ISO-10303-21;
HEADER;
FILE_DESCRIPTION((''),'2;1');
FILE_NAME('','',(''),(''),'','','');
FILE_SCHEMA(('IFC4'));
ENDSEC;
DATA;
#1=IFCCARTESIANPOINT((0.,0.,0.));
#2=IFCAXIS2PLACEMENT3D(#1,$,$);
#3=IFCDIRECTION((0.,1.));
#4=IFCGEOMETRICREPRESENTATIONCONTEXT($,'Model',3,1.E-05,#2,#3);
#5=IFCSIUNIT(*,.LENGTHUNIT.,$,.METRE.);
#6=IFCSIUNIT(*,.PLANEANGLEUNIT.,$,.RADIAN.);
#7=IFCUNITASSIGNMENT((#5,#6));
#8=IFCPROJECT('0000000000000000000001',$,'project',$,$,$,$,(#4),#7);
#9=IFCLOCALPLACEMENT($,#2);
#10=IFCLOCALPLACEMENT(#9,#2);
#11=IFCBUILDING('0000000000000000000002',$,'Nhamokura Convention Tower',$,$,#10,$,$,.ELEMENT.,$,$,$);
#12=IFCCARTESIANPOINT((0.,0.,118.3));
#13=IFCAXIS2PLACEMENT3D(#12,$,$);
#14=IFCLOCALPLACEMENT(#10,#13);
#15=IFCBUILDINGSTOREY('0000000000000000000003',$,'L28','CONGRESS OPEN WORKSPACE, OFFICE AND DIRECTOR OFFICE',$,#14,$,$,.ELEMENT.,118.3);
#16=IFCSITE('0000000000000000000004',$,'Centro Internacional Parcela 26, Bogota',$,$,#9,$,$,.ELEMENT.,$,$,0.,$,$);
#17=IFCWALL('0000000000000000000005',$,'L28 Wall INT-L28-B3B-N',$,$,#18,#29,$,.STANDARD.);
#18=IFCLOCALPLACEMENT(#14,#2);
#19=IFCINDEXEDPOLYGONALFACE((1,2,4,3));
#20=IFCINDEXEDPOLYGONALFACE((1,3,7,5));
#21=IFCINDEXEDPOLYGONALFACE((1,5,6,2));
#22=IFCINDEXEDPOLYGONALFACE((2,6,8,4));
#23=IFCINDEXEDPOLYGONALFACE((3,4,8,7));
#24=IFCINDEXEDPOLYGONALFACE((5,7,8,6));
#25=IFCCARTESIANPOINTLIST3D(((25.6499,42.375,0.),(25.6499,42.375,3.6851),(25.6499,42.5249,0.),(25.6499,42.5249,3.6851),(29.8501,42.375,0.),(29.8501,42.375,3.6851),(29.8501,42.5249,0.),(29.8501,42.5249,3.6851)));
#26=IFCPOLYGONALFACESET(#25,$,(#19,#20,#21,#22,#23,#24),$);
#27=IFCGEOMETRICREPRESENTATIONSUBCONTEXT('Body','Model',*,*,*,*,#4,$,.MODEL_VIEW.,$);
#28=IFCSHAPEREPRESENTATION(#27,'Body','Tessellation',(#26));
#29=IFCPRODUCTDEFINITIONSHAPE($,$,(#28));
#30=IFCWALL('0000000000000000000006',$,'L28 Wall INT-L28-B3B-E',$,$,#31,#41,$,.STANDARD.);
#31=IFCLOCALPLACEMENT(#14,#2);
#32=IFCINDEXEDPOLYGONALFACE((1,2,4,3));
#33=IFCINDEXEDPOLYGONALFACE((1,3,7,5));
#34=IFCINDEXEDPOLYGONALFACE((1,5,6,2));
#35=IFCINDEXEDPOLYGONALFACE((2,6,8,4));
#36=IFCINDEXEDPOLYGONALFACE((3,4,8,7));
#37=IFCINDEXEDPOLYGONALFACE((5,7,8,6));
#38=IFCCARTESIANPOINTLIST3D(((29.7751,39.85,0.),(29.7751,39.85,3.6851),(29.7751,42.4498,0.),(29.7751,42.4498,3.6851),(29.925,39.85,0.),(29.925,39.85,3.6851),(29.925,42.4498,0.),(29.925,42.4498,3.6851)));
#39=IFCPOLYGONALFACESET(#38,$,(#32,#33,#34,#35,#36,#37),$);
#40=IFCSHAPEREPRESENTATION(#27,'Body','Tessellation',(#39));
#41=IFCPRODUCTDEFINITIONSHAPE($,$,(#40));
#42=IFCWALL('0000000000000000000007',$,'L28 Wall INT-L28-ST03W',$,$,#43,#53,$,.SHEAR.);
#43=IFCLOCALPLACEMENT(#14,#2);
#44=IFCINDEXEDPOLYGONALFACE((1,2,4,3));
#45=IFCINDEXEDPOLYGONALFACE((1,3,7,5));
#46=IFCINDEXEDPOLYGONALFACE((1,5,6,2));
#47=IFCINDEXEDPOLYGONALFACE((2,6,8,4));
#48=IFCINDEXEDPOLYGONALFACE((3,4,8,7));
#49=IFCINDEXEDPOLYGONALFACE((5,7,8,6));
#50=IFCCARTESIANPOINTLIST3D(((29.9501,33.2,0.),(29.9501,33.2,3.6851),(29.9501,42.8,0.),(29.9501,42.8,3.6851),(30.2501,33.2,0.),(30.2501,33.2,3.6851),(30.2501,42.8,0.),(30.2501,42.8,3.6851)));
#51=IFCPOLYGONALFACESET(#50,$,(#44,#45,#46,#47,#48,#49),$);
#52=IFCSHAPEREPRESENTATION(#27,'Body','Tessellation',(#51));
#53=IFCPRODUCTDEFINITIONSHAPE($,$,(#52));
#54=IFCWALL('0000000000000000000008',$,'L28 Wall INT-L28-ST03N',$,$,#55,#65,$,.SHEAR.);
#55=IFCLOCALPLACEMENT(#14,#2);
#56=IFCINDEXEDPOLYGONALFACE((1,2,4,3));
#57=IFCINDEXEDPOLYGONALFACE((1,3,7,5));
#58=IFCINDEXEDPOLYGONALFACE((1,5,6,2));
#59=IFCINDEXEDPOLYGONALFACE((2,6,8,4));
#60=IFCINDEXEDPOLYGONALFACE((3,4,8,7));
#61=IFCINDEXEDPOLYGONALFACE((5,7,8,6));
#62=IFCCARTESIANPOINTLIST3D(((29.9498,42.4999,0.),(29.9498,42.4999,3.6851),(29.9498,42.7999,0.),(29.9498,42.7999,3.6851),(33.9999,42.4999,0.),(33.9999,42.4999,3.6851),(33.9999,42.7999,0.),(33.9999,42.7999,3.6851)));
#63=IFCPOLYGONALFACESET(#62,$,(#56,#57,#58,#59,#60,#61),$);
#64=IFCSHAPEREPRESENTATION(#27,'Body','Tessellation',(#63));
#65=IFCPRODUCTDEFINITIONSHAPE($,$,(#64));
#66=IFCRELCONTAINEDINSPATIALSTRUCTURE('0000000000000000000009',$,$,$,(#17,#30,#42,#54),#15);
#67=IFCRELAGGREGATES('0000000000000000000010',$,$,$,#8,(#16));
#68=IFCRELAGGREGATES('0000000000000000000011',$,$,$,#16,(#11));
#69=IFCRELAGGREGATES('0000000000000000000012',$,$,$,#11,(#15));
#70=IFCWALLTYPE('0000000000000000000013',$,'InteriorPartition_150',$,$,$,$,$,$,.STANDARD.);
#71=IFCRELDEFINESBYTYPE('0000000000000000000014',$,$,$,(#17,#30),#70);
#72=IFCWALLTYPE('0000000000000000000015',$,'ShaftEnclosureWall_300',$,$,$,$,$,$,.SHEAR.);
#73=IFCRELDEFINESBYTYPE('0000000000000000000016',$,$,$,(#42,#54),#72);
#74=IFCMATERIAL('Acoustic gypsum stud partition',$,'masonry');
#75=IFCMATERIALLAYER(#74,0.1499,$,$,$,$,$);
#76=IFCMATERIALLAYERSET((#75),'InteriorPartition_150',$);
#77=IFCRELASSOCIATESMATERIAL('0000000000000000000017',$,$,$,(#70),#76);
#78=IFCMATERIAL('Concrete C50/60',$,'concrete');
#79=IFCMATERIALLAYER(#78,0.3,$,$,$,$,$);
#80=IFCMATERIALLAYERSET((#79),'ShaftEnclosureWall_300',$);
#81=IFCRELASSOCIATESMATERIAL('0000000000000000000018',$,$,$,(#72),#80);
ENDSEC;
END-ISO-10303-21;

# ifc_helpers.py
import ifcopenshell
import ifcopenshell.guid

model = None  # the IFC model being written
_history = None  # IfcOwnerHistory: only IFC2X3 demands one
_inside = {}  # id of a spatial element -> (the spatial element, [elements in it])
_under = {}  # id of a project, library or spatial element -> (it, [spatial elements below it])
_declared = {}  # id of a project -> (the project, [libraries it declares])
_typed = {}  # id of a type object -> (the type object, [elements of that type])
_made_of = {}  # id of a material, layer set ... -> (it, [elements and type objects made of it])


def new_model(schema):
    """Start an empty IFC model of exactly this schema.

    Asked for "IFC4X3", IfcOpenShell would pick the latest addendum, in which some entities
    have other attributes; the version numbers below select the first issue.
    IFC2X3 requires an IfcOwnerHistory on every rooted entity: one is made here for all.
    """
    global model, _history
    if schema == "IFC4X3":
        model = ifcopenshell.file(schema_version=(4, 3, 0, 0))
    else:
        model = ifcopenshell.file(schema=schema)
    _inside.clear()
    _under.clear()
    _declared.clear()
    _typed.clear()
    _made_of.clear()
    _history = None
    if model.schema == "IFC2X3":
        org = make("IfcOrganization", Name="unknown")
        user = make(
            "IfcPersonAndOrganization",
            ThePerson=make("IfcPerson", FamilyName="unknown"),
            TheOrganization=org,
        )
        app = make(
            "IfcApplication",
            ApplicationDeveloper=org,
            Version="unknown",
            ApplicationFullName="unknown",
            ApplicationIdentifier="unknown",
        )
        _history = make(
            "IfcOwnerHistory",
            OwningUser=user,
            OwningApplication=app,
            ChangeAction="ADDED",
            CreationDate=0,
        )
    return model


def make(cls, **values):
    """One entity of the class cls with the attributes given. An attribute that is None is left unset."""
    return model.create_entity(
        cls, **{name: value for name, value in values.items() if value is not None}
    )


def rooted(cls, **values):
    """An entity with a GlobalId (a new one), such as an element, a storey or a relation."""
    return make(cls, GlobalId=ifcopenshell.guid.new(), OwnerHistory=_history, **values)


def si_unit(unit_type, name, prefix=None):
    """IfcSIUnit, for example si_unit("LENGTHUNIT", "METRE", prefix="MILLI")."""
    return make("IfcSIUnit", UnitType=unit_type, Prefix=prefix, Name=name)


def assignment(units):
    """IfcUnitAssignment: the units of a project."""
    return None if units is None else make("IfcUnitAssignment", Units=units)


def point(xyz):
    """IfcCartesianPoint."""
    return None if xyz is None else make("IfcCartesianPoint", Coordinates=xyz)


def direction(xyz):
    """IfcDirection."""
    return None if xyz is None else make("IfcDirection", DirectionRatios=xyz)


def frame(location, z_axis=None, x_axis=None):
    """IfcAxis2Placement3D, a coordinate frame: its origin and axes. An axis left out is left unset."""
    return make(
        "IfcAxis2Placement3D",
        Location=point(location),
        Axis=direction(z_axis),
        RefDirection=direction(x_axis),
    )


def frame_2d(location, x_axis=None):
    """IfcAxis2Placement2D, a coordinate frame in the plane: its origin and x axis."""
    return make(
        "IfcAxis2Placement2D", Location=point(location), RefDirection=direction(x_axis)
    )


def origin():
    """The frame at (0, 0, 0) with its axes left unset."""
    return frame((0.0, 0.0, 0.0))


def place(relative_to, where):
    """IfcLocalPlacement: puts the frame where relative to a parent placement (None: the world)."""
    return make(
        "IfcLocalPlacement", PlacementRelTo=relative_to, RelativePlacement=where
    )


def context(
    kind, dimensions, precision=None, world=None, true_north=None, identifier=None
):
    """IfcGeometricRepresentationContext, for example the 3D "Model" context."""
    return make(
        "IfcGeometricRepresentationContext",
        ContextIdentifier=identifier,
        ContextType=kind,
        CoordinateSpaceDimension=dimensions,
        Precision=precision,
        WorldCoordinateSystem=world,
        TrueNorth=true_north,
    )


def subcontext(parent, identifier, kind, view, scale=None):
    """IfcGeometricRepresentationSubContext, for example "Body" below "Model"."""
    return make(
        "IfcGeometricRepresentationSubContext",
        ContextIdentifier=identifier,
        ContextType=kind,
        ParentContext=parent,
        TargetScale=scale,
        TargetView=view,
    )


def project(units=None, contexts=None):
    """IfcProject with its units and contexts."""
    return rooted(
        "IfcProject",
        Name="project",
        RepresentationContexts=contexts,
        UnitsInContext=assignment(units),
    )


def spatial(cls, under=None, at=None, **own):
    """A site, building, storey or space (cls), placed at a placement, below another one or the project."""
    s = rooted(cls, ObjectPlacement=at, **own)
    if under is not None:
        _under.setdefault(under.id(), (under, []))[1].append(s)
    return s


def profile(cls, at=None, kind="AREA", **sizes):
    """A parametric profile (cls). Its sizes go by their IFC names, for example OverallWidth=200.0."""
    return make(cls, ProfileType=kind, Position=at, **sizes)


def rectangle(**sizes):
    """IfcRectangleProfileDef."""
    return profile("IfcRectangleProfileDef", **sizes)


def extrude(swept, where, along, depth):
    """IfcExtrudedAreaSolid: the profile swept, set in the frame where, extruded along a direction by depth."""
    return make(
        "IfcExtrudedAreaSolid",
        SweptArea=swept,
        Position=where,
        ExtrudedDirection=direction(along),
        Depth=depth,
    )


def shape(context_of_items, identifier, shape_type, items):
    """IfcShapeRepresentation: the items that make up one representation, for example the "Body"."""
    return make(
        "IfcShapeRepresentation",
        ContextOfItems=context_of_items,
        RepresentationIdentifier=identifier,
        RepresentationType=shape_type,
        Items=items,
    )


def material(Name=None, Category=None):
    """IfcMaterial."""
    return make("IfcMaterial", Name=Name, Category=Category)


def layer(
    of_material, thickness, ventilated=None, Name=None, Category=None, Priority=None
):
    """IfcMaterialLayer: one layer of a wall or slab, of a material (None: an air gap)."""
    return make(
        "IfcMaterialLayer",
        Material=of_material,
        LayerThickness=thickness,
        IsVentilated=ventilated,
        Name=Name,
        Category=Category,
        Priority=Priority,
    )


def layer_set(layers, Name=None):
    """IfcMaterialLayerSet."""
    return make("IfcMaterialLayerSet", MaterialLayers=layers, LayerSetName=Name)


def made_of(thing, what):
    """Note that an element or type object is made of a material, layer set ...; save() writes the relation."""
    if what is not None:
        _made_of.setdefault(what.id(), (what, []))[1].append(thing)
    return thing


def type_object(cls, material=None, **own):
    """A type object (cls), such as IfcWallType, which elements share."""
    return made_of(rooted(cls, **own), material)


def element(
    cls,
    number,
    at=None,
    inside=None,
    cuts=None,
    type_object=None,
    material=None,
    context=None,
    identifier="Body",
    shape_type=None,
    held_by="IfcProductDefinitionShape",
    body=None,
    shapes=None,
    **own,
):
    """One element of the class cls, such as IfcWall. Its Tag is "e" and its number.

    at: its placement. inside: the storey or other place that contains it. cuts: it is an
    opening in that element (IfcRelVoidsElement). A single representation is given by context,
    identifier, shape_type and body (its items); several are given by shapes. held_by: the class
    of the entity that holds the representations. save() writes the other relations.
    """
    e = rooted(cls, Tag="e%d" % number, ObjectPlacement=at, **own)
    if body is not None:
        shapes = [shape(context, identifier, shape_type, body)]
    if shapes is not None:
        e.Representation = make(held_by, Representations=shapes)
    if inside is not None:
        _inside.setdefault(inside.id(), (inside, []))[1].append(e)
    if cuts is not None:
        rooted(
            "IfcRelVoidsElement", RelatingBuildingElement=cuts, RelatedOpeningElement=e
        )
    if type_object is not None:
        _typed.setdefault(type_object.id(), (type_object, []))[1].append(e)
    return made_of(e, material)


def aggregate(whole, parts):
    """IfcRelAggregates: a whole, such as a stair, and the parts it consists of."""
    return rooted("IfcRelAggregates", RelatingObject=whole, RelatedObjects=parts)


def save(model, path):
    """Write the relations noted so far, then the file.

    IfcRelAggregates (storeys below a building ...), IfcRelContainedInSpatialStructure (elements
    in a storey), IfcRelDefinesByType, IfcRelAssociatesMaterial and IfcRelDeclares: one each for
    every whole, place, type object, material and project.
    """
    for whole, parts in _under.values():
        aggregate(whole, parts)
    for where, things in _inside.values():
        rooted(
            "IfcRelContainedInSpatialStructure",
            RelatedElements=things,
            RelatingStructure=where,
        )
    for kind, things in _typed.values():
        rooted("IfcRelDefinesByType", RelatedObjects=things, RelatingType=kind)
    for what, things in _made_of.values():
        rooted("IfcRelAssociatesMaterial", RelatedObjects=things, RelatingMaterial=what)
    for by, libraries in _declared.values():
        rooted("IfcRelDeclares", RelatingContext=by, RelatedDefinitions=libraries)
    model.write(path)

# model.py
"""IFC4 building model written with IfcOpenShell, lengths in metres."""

from ifc_helpers import new_model, si_unit, direction, frame, frame_2d, origin, place, context, subcontext, project, spatial, rectangle, extrude, material, layer, layer_set, type_object, element, save


model = new_model("IFC4")

# Units and contexts
model_context = context("Model", 3, precision=1e-05, world=origin(), true_north=direction((0.0, 1.0)))
body_context = subcontext(model_context, "Body", "Model", "MODEL_VIEW")
ifc_project = project(units=[si_unit("LENGTHUNIT", "METRE"), si_unit("PLANEANGLEUNIT", "RADIAN")], contexts=[model_context])

# Site, building, storey
site_placement = place(None, origin())
site = spatial("IfcSite", under=ifc_project, at=site_placement, Name="Centro Internacional Parcela 26, Bogota", CompositionType="ELEMENT", RefElevation=0.0)
building_placement = place(site_placement, origin())
building = spatial("IfcBuilding", under=site, at=building_placement, Name="Nhamokura Convention Tower", CompositionType="ELEMENT")
storey_placement = place(building_placement, frame((0.0, 0.0, 118.3)))
storey = spatial("IfcBuildingStorey", under=building, at=storey_placement, Name="L28", Description="CONGRESS OPEN WORKSPACE, OFFICE AND DIRECTOR OFFICE", CompositionType="ELEMENT", Elevation=118.3)

# Walls
ifc_material_1 = material(Name="Acoustic gypsum stud partition", Category="masonry")
ifc_layer_1 = layer(ifc_material_1, 0.1499)
ifc_layer_set_1 = layer_set([ifc_layer_1], Name="InteriorPartition_150")
wall_type_1 = type_object("IfcWallType", Name="InteriorPartition_150", PredefinedType="STANDARD", material=ifc_layer_set_1)
wall_1_placement = place(storey_placement, frame((25.6499, 42.45, 0.0), z_axis=(0.0, 0.0, 1.0), x_axis=(1.0, 0.0, 0.0)))
element("IfcWall", 1, at=wall_1_placement, inside=storey, type_object=wall_type_1, Name="L28 Wall INT-L28-B3B-N", PredefinedType="STANDARD", context=body_context, shape_type="SweptSolid", body=[
    extrude(rectangle(XDim=4.2002, YDim=0.1499, at=frame_2d((2.1001, 0.0))), origin(), (0.0, 0.0, 1.0), 3.6851),
])
wall_2_placement = place(storey_placement, frame((29.8501, 39.8501, 0.0), z_axis=(0.0, 0.0, 1.0), x_axis=(0.0, 1.0, 0.0)))
element("IfcWall", 2, at=wall_2_placement, inside=storey, type_object=wall_type_1, Name="L28 Wall INT-L28-B3B-E", PredefinedType="STANDARD", context=body_context, shape_type="SweptSolid", body=[
    extrude(rectangle(XDim=2.5999, YDim=0.1499, at=frame_2d((1.2998, 0.0))), origin(), (0.0, 0.0, 1.0), 3.6851),
])
ifc_material_2 = material(Name="Concrete C50/60", Category="concrete")
ifc_layer_2 = layer(ifc_material_2, 0.3)
ifc_layer_set_2 = layer_set([ifc_layer_2], Name="ShaftEnclosureWall_300")
wall_type_2 = type_object("IfcWallType", Name="ShaftEnclosureWall_300", PredefinedType="SHEAR", material=ifc_layer_set_2)
wall_3_placement = place(storey_placement, frame((30.1001, 33.2, 0.0), z_axis=(0.0, 0.0, 1.0), x_axis=(0.0, 1.0, 0.0)))
element("IfcWall", 3, at=wall_3_placement, inside=storey, type_object=wall_type_2, Name="L28 Wall INT-L28-ST03W", PredefinedType="SHEAR", context=body_context, shape_type="SweptSolid", body=[
    extrude(rectangle(XDim=9.6001, YDim=0.3, at=frame_2d((4.8, 0.0))), origin(), (0.0, 0.0, 1.0), 3.6851),
])

# Wall
wall_4_placement = place(storey_placement, frame((29.95, 42.6499, 0.0), z_axis=(0.0, 0.0, 1.0), x_axis=(1.0, 0.0, 0.0)))
element("IfcWall", 4, at=wall_4_placement, inside=storey, type_object=wall_type_2, Name="L28 Wall INT-L28-ST03N", PredefinedType="SHEAR", context=body_context, shape_type="SweptSolid", body=[
    extrude(rectangle(XDim=4.05, YDim=0.3, at=frame_2d((2.0249, 0.0))), origin(), (0.0, 0.0, 1.0), 3.6851),
])

save(model, "model.ifc")
